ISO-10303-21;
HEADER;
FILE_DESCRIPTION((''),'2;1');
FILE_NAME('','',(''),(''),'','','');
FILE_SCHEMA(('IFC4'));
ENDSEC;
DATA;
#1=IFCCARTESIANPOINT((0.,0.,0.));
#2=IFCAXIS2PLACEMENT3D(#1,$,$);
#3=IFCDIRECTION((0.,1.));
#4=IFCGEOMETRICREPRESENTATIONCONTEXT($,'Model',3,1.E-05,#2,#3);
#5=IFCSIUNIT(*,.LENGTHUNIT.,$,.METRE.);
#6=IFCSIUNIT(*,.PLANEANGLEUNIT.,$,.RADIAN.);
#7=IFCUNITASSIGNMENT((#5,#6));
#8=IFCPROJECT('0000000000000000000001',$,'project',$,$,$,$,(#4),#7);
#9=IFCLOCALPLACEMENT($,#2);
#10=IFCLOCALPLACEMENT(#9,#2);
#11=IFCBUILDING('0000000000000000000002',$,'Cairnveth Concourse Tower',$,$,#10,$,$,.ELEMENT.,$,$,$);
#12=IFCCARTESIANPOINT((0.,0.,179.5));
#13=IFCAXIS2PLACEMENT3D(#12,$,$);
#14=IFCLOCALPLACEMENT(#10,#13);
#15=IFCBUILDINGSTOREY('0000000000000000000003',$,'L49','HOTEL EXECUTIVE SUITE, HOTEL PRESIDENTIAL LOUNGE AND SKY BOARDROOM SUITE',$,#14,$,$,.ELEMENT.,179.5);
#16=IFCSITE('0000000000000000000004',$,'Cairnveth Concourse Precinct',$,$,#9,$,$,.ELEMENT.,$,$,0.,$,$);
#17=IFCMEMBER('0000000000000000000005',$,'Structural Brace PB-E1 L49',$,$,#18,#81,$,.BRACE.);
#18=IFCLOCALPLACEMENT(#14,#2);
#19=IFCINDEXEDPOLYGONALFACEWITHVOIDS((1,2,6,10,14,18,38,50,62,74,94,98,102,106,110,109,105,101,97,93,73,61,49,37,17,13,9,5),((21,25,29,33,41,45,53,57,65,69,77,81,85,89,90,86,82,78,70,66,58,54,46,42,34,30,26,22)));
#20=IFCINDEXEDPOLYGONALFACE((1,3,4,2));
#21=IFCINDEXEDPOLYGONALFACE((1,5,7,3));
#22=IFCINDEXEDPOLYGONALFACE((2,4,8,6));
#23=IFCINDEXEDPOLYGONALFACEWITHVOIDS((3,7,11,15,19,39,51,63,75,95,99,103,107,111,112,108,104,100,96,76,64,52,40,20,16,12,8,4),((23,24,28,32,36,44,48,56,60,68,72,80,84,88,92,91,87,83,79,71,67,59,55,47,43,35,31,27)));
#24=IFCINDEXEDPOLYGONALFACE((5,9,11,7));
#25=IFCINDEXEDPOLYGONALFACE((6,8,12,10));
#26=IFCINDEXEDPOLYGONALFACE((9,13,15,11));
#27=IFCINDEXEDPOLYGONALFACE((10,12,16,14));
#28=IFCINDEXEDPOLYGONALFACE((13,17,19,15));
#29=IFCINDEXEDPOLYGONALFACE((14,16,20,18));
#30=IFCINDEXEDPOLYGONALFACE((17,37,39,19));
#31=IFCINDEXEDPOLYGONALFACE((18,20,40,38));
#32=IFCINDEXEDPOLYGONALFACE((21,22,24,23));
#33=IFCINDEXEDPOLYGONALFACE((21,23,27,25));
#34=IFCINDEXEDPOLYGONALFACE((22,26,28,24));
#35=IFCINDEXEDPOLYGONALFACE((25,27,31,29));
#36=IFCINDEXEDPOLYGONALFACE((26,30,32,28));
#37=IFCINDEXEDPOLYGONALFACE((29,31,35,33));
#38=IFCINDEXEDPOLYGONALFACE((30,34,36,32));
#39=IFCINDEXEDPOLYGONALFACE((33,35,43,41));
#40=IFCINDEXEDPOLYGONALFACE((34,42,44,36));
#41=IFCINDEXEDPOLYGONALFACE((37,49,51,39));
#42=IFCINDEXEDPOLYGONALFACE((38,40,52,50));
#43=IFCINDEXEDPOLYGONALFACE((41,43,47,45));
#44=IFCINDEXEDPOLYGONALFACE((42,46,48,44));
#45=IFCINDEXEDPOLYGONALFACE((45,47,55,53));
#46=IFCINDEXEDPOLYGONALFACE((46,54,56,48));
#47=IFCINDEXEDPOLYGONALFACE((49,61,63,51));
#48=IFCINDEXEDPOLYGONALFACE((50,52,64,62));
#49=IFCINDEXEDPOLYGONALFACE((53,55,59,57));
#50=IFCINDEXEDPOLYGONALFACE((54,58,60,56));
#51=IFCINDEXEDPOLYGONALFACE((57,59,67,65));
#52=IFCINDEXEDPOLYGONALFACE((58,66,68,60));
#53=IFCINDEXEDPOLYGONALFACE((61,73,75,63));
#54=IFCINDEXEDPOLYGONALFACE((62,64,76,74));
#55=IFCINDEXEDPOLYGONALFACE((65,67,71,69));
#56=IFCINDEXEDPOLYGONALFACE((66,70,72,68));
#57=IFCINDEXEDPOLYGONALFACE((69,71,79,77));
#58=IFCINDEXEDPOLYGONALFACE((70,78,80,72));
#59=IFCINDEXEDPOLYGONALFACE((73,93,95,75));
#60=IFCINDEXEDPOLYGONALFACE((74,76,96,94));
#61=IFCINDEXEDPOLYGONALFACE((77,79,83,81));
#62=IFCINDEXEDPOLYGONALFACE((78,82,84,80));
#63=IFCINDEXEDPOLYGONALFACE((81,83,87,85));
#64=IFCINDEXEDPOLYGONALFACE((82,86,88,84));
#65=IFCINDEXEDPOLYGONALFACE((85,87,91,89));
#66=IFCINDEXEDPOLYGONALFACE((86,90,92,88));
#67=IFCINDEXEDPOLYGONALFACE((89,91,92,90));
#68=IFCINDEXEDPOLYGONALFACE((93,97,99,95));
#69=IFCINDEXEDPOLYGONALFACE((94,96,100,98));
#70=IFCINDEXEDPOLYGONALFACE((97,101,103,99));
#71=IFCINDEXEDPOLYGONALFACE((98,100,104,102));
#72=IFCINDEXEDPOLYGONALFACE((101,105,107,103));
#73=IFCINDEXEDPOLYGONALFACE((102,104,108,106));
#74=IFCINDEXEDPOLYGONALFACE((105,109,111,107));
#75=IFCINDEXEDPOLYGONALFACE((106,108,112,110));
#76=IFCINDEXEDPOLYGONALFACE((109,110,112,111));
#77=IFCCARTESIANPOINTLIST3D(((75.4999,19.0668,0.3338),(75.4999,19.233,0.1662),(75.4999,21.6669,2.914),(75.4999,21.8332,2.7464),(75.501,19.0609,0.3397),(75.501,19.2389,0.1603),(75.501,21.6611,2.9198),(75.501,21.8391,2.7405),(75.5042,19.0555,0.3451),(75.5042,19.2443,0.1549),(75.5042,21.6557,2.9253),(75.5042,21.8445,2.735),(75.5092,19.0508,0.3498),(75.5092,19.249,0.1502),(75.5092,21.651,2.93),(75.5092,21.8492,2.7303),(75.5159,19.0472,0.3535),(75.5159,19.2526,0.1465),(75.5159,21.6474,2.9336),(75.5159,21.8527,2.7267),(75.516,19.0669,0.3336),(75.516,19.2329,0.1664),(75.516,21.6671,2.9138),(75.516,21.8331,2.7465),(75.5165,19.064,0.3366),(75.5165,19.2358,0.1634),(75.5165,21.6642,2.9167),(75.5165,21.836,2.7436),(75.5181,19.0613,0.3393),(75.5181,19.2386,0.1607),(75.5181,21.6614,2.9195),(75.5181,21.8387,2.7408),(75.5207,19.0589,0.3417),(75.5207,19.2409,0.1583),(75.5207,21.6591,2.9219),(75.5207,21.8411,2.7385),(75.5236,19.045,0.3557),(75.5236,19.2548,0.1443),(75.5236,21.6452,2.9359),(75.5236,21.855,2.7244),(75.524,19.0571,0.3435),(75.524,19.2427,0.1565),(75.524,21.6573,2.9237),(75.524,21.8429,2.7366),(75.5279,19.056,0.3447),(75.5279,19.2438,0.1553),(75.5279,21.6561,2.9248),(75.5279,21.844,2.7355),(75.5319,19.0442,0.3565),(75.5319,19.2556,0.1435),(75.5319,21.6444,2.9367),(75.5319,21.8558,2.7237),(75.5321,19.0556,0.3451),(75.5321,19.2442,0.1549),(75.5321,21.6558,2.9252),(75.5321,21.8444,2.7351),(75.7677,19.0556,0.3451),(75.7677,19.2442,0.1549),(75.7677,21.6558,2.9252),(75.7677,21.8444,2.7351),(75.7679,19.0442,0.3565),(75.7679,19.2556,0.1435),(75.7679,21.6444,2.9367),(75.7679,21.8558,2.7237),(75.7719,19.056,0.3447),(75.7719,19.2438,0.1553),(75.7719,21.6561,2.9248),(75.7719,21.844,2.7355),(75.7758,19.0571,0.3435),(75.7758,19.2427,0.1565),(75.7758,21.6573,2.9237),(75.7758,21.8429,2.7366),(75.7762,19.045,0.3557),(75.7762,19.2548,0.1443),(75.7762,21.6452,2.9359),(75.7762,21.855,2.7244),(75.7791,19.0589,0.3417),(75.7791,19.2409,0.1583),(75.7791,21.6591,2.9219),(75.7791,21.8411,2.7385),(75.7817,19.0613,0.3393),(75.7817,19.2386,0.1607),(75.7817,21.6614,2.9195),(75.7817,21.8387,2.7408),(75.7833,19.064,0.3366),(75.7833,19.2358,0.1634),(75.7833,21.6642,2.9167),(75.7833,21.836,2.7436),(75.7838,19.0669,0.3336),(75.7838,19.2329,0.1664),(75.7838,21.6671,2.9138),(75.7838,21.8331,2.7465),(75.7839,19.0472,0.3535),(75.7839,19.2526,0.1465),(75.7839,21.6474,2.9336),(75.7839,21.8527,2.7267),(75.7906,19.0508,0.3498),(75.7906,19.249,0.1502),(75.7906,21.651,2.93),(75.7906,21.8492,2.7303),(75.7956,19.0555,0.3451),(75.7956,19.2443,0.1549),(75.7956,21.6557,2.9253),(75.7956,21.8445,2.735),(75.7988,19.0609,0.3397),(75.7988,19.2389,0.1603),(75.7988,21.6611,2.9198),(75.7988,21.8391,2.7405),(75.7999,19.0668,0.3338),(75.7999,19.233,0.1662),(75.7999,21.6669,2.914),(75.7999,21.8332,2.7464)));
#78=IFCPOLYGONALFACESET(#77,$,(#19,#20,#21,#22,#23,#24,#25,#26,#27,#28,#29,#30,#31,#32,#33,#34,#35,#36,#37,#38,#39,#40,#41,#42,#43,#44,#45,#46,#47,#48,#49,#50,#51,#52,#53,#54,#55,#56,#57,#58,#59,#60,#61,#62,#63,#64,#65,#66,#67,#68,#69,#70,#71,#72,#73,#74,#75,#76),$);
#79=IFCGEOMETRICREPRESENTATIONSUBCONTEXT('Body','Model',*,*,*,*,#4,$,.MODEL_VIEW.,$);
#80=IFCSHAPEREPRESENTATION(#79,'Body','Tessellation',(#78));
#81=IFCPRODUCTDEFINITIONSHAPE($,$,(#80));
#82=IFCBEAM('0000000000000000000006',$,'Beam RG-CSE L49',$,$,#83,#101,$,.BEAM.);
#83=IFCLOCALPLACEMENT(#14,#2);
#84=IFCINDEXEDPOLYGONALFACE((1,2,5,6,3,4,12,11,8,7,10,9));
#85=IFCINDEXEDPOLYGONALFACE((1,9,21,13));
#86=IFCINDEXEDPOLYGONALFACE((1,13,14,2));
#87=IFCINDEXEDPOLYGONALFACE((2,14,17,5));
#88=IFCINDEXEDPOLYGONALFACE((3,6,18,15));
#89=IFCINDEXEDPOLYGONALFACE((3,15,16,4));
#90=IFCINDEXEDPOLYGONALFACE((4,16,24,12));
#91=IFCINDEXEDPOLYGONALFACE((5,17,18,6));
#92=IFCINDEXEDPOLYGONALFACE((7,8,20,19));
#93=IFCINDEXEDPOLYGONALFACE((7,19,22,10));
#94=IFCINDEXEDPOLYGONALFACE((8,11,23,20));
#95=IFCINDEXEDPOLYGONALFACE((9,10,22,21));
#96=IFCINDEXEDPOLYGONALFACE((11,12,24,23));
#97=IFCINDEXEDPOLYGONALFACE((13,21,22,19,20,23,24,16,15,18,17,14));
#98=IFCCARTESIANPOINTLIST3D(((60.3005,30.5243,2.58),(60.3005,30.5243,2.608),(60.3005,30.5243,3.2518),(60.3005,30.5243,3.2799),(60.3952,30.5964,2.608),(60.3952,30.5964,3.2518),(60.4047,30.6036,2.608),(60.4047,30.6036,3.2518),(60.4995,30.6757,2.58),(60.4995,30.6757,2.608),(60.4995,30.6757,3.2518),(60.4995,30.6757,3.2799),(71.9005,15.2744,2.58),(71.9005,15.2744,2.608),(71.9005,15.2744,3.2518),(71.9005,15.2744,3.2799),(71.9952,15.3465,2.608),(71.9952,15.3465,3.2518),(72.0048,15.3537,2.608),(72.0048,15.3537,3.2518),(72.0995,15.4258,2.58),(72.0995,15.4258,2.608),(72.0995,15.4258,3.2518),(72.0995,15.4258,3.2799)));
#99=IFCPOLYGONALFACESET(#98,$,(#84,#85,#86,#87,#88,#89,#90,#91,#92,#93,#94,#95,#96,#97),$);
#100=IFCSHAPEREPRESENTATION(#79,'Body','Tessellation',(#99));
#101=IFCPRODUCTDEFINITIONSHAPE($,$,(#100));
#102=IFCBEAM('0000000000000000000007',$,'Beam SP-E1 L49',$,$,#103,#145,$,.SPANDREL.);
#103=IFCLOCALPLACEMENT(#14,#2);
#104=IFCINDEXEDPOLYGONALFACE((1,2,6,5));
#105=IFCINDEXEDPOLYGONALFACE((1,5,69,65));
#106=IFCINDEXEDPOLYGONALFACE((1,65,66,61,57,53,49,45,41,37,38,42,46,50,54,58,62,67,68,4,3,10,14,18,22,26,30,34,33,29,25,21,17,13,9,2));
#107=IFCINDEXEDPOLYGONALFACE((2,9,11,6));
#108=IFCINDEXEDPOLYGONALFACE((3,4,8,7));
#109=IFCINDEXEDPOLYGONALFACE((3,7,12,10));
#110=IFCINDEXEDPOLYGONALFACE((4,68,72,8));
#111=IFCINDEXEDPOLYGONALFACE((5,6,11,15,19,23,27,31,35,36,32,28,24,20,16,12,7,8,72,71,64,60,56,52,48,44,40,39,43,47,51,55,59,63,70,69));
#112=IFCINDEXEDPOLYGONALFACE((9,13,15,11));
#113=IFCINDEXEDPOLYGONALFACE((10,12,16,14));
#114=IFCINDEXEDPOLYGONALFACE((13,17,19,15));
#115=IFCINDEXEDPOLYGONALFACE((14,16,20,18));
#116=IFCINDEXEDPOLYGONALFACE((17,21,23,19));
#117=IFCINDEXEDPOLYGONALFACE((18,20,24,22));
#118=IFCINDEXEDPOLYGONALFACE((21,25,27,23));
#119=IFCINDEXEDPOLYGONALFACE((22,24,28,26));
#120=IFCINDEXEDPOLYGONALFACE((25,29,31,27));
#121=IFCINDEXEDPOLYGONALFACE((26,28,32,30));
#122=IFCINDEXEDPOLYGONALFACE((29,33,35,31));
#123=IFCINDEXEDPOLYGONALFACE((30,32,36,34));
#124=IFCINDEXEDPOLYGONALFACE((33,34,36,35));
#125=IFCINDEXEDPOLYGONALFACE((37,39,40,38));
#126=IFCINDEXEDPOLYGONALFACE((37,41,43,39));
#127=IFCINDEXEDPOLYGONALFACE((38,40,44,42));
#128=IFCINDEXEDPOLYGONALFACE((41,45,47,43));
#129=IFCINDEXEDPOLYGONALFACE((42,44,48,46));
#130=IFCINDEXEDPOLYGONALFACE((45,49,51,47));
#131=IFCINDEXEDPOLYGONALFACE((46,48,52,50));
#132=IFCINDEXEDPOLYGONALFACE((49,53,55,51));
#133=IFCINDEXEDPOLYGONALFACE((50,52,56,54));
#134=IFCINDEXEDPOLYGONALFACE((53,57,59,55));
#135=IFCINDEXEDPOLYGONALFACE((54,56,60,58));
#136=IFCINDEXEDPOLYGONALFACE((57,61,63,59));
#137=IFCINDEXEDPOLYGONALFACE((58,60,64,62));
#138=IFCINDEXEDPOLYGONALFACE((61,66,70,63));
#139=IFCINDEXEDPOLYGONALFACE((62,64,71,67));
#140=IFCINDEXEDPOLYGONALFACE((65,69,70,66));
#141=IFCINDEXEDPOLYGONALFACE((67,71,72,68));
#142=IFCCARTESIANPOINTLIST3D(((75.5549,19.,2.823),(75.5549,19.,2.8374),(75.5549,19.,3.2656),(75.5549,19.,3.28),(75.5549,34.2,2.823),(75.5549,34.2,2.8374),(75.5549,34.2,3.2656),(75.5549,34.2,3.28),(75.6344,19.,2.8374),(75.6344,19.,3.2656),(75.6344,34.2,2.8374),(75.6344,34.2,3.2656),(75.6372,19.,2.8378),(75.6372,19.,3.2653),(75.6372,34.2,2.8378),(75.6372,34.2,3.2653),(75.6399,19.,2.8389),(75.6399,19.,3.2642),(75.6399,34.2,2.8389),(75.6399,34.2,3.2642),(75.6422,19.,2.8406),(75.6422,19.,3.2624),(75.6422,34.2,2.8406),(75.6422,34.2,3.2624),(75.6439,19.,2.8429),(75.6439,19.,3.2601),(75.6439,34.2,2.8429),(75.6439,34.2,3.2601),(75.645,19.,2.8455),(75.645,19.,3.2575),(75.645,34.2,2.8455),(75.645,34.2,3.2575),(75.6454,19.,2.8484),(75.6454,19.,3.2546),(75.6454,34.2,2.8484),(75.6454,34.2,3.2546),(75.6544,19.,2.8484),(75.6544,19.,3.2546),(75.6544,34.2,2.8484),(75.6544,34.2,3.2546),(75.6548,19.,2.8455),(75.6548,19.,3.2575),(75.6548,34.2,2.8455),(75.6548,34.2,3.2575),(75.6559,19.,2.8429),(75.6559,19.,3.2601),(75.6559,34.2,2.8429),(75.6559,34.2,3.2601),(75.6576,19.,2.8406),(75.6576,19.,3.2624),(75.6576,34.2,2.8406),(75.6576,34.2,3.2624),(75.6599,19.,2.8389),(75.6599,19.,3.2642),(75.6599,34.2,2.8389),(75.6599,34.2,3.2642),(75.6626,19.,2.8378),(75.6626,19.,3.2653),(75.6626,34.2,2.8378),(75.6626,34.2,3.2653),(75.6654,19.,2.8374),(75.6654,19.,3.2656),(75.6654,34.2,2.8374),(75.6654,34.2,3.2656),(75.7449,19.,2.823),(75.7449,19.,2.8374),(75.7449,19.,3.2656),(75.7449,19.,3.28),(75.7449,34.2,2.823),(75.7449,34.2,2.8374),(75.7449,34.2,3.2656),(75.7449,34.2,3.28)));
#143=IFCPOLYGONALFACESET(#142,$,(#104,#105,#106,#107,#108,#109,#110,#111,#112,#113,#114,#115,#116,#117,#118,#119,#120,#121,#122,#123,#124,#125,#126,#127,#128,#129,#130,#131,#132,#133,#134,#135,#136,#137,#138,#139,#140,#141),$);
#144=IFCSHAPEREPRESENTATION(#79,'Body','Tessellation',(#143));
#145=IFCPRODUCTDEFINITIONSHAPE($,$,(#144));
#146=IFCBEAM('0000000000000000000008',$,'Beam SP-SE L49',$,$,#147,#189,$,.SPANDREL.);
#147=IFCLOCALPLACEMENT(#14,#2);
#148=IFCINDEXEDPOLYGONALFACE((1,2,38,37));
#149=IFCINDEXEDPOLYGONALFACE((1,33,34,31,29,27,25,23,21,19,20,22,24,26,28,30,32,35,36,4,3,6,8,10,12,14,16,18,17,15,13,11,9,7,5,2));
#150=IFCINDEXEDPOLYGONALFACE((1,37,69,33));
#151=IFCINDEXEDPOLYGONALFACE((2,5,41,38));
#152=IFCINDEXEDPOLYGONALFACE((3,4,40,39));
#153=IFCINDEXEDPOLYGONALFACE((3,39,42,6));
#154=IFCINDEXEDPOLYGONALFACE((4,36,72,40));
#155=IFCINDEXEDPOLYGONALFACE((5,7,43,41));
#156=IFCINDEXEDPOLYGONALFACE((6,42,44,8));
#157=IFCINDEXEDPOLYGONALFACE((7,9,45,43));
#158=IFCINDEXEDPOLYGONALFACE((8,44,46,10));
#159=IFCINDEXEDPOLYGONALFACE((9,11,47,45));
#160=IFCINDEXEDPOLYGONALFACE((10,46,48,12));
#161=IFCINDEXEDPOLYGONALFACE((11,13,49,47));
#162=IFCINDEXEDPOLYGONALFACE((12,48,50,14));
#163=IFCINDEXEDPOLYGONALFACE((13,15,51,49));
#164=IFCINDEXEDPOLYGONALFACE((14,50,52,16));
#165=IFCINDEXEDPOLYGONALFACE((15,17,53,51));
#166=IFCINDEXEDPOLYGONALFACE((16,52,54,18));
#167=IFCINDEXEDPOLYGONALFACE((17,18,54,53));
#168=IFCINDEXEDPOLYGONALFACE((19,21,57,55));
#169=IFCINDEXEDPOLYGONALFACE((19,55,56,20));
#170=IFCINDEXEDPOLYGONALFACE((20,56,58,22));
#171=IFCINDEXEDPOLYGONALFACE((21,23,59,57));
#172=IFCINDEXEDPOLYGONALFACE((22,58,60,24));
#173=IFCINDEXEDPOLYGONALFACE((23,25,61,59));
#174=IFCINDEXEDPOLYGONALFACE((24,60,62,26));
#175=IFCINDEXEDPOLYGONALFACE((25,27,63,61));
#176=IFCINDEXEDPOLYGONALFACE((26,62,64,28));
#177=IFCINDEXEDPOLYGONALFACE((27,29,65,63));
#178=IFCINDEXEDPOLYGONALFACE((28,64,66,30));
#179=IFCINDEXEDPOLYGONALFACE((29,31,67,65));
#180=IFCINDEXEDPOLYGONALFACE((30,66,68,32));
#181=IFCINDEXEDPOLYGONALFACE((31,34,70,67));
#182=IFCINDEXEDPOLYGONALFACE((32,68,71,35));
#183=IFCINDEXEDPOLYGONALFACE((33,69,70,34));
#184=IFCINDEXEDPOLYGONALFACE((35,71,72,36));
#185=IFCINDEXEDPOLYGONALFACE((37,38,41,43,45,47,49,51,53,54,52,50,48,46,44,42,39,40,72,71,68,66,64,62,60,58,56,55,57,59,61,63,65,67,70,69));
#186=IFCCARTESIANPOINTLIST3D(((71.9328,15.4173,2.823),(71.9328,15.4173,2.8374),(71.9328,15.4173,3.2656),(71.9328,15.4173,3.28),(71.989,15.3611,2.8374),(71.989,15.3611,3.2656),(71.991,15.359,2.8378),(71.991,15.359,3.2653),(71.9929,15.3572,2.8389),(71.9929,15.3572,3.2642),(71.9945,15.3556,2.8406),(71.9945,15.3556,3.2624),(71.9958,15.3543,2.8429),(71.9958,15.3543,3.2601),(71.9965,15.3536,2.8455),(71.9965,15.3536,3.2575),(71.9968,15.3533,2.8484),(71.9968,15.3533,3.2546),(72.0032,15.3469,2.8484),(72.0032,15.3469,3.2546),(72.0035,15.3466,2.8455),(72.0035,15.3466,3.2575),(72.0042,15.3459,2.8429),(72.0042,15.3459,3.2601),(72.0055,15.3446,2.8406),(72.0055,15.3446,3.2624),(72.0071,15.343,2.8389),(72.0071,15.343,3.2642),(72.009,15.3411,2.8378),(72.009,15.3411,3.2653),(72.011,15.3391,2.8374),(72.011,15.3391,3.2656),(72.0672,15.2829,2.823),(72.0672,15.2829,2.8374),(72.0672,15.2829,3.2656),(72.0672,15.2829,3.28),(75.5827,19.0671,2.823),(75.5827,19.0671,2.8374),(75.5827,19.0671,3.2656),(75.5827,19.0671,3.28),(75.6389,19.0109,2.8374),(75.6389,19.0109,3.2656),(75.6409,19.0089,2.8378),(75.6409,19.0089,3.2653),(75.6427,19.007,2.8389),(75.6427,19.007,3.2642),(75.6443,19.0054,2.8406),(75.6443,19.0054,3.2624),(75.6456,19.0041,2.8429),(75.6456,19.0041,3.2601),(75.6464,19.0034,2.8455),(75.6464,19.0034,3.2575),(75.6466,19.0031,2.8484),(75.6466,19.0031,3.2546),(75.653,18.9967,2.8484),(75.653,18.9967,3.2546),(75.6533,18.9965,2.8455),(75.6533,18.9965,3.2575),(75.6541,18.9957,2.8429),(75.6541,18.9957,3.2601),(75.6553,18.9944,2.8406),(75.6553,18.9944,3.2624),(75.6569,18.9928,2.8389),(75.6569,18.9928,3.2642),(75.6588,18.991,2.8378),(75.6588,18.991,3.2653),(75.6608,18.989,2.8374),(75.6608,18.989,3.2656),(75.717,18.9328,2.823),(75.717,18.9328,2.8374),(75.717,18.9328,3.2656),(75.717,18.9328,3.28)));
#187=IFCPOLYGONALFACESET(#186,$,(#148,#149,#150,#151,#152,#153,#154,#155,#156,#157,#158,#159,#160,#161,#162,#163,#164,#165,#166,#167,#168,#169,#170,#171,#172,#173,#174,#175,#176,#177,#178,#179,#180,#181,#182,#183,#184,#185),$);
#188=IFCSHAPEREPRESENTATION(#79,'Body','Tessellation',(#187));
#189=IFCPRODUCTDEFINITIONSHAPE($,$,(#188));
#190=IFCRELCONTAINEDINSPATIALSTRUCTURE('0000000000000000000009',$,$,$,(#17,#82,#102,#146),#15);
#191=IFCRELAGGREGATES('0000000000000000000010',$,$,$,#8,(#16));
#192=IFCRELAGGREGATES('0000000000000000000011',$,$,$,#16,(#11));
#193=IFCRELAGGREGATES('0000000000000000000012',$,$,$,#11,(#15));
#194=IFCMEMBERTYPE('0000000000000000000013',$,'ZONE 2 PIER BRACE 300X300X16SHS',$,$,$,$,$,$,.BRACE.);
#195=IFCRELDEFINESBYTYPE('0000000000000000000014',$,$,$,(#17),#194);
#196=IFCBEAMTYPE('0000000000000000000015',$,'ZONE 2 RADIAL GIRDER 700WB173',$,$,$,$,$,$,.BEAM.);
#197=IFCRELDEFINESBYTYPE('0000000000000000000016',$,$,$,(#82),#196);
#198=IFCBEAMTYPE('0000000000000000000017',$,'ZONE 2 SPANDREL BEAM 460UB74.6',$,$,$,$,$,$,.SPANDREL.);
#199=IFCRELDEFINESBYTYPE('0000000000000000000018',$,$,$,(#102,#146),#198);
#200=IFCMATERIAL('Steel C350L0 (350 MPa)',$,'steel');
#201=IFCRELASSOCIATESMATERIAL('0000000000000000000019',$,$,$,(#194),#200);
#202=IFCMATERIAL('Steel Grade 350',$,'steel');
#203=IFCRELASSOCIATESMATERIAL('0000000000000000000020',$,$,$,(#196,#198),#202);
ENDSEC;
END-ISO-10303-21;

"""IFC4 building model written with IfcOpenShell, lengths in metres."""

from ifc_helpers import new_model, si_unit, direction, frame, origin, origin_2d, place, context, subcontext, project, spatial, hollow_rectangle, i_section, extrude, material, material_profile, profile_set, type_object, element, save


model = new_model("IFC4")

# Units and contexts
model_context = context("Model", 3, precision=1e-05, world=origin(), true_north=direction((0.0, 1.0)))
body_context = subcontext(model_context, "Body", "Model", "MODEL_VIEW")
ifc_project = project(units=[si_unit("LENGTHUNIT", "METRE"), si_unit("PLANEANGLEUNIT", "RADIAN")], contexts=[model_context])

# Site, building, storey
site_placement = place(None, origin())
site = spatial("IfcSite", under=ifc_project, at=site_placement, Name="Cairnveth Concourse Precinct", CompositionType="ELEMENT", RefElevation=0.0)
building_placement = place(site_placement, origin())
building = spatial("IfcBuilding", under=site, at=building_placement, Name="Cairnveth Concourse Tower", CompositionType="ELEMENT")
storey_placement = place(building_placement, frame((0.0, 0.0, 179.5)))
storey = spatial("IfcBuildingStorey", under=building, at=storey_placement, Name="L49", Description="HOTEL EXECUTIVE SUITE, HOTEL PRESIDENTIAL LOUNGE AND SKY BOARDROOM SUITE", CompositionType="ELEMENT", Elevation=179.5)

# Shared definitions
ifc_material_1 = material(Name="Steel Grade 350", Category="steel")

# Member
ifc_material_2 = material(Name="Steel C350L0 (350 MPa)", Category="steel")
ifc_material_profile_1 = material_profile(ifc_material_2, hollow_rectangle(XDim=0.3, YDim=0.3, WallThickness=0.0161, InnerFilletRadius=0.0161, OuterFilletRadius=0.032, at=origin_2d()), Name="300x300x16.0SHS")
ifc_profile_set_1 = profile_set([ifc_material_profile_1], Name="Steel C350L0 (350 MPa)")
member_type = type_object("IfcMemberType", Name="ZONE 2 PIER BRACE 300X300X16SHS", PredefinedType="BRACE", material=ifc_profile_set_1)
for number, where, z_axis, x_axis, name in (
    (1, (75.6499, 19.1499, 0.25), (0.0, 0.709834, 0.704369), (-1.0, 0.0, 0.0), "Structural Brace PB-E1 L49"),
):
    element("IfcMember", number, at=place(storey_placement, frame(where, z_axis=z_axis, x_axis=x_axis)), inside=storey, type_object=member_type, Name=name, PredefinedType="BRACE", context=body_context, shape_type="SweptSolid", body=[
        extrude(hollow_rectangle(XDim=0.3, YDim=0.3, WallThickness=0.0161, InnerFilletRadius=0.0161, OuterFilletRadius=0.032, at=origin_2d()), origin(), (0.0, 0.0, 1.0), 3.6631),
    ])

# Beams
ifc_material_profile_2 = material_profile(ifc_material_1, i_section(OverallWidth=0.25, OverallDepth=0.7, WebThickness=0.012, FlangeThickness=0.0281, at=origin_2d()), Name="700WB173")
ifc_profile_set_2 = profile_set([ifc_material_profile_2], Name="Steel Grade 350")
beam_type_1 = type_object("IfcBeamType", Name="ZONE 2 RADIAL GIRDER 700WB173", PredefinedType="BEAM", material=ifc_profile_set_2)
beam_1_placement = place(storey_placement, frame((72.0, 15.3501, 2.9299), z_axis=(-0.605417, 0.795908, 0.0), x_axis=(-0.795908, -0.605417, 0.0)))
element("IfcBeam", 2, at=beam_1_placement, inside=storey, type_object=beam_type_1, Name="Beam RG-CSE L49", PredefinedType="BEAM", context=body_context, shape_type="SweptSolid", body=[
    extrude(i_section(OverallWidth=0.25, OverallDepth=0.7, WebThickness=0.012, FlangeThickness=0.0281, at=origin_2d()), origin(), (0.0, 0.0, 1.0), 19.1604),
])
ifc_material_profile_3 = material_profile(ifc_material_1, i_section(OverallWidth=0.1899, OverallDepth=0.457, WebThickness=0.009, FlangeThickness=0.0144, FilletRadius=0.011, at=origin_2d()), Name="460UB74.6")
ifc_profile_set_3 = profile_set([ifc_material_profile_3], Name="Steel Grade 350")
beam_type_2 = type_object("IfcBeamType", Name="ZONE 2 SPANDREL BEAM 460UB74.6", PredefinedType="SPANDREL", material=ifc_profile_set_3)
beam_2_placement = place(storey_placement, frame((75.6499, 19.0, 3.0515), z_axis=(0.0, 1.0, 0.0), x_axis=(-1.0, 0.0, 0.0)))
element("IfcBeam", 3, at=beam_2_placement, inside=storey, type_object=beam_type_2, Name="Beam SP-E1 L49", PredefinedType="SPANDREL", context=body_context, shape_type="SweptSolid", body=[
    extrude(i_section(OverallWidth=0.1899, OverallDepth=0.457, WebThickness=0.009, FlangeThickness=0.0144, FilletRadius=0.011, at=origin_2d()), origin(), (0.0, 0.0, 1.0), 15.2),
])
beam_3_placement = place(storey_placement, frame((72.0, 15.3501, 3.0515), z_axis=(0.707107, 0.707107, 0.0), x_axis=(-0.707107, 0.707107, 0.0)))
element("IfcBeam", 4, at=beam_3_placement, inside=storey, type_object=beam_type_2, Name="Beam SP-SE L49", PredefinedType="SPANDREL", context=body_context, shape_type="SweptSolid", body=[
    extrude(i_section(OverallWidth=0.1899, OverallDepth=0.457, WebThickness=0.009, FlangeThickness=0.0144, FilletRadius=0.011, at=origin_2d()), origin(), (0.0, 0.0, 1.0), 5.1616),
])

save(model, "model.ifc")
